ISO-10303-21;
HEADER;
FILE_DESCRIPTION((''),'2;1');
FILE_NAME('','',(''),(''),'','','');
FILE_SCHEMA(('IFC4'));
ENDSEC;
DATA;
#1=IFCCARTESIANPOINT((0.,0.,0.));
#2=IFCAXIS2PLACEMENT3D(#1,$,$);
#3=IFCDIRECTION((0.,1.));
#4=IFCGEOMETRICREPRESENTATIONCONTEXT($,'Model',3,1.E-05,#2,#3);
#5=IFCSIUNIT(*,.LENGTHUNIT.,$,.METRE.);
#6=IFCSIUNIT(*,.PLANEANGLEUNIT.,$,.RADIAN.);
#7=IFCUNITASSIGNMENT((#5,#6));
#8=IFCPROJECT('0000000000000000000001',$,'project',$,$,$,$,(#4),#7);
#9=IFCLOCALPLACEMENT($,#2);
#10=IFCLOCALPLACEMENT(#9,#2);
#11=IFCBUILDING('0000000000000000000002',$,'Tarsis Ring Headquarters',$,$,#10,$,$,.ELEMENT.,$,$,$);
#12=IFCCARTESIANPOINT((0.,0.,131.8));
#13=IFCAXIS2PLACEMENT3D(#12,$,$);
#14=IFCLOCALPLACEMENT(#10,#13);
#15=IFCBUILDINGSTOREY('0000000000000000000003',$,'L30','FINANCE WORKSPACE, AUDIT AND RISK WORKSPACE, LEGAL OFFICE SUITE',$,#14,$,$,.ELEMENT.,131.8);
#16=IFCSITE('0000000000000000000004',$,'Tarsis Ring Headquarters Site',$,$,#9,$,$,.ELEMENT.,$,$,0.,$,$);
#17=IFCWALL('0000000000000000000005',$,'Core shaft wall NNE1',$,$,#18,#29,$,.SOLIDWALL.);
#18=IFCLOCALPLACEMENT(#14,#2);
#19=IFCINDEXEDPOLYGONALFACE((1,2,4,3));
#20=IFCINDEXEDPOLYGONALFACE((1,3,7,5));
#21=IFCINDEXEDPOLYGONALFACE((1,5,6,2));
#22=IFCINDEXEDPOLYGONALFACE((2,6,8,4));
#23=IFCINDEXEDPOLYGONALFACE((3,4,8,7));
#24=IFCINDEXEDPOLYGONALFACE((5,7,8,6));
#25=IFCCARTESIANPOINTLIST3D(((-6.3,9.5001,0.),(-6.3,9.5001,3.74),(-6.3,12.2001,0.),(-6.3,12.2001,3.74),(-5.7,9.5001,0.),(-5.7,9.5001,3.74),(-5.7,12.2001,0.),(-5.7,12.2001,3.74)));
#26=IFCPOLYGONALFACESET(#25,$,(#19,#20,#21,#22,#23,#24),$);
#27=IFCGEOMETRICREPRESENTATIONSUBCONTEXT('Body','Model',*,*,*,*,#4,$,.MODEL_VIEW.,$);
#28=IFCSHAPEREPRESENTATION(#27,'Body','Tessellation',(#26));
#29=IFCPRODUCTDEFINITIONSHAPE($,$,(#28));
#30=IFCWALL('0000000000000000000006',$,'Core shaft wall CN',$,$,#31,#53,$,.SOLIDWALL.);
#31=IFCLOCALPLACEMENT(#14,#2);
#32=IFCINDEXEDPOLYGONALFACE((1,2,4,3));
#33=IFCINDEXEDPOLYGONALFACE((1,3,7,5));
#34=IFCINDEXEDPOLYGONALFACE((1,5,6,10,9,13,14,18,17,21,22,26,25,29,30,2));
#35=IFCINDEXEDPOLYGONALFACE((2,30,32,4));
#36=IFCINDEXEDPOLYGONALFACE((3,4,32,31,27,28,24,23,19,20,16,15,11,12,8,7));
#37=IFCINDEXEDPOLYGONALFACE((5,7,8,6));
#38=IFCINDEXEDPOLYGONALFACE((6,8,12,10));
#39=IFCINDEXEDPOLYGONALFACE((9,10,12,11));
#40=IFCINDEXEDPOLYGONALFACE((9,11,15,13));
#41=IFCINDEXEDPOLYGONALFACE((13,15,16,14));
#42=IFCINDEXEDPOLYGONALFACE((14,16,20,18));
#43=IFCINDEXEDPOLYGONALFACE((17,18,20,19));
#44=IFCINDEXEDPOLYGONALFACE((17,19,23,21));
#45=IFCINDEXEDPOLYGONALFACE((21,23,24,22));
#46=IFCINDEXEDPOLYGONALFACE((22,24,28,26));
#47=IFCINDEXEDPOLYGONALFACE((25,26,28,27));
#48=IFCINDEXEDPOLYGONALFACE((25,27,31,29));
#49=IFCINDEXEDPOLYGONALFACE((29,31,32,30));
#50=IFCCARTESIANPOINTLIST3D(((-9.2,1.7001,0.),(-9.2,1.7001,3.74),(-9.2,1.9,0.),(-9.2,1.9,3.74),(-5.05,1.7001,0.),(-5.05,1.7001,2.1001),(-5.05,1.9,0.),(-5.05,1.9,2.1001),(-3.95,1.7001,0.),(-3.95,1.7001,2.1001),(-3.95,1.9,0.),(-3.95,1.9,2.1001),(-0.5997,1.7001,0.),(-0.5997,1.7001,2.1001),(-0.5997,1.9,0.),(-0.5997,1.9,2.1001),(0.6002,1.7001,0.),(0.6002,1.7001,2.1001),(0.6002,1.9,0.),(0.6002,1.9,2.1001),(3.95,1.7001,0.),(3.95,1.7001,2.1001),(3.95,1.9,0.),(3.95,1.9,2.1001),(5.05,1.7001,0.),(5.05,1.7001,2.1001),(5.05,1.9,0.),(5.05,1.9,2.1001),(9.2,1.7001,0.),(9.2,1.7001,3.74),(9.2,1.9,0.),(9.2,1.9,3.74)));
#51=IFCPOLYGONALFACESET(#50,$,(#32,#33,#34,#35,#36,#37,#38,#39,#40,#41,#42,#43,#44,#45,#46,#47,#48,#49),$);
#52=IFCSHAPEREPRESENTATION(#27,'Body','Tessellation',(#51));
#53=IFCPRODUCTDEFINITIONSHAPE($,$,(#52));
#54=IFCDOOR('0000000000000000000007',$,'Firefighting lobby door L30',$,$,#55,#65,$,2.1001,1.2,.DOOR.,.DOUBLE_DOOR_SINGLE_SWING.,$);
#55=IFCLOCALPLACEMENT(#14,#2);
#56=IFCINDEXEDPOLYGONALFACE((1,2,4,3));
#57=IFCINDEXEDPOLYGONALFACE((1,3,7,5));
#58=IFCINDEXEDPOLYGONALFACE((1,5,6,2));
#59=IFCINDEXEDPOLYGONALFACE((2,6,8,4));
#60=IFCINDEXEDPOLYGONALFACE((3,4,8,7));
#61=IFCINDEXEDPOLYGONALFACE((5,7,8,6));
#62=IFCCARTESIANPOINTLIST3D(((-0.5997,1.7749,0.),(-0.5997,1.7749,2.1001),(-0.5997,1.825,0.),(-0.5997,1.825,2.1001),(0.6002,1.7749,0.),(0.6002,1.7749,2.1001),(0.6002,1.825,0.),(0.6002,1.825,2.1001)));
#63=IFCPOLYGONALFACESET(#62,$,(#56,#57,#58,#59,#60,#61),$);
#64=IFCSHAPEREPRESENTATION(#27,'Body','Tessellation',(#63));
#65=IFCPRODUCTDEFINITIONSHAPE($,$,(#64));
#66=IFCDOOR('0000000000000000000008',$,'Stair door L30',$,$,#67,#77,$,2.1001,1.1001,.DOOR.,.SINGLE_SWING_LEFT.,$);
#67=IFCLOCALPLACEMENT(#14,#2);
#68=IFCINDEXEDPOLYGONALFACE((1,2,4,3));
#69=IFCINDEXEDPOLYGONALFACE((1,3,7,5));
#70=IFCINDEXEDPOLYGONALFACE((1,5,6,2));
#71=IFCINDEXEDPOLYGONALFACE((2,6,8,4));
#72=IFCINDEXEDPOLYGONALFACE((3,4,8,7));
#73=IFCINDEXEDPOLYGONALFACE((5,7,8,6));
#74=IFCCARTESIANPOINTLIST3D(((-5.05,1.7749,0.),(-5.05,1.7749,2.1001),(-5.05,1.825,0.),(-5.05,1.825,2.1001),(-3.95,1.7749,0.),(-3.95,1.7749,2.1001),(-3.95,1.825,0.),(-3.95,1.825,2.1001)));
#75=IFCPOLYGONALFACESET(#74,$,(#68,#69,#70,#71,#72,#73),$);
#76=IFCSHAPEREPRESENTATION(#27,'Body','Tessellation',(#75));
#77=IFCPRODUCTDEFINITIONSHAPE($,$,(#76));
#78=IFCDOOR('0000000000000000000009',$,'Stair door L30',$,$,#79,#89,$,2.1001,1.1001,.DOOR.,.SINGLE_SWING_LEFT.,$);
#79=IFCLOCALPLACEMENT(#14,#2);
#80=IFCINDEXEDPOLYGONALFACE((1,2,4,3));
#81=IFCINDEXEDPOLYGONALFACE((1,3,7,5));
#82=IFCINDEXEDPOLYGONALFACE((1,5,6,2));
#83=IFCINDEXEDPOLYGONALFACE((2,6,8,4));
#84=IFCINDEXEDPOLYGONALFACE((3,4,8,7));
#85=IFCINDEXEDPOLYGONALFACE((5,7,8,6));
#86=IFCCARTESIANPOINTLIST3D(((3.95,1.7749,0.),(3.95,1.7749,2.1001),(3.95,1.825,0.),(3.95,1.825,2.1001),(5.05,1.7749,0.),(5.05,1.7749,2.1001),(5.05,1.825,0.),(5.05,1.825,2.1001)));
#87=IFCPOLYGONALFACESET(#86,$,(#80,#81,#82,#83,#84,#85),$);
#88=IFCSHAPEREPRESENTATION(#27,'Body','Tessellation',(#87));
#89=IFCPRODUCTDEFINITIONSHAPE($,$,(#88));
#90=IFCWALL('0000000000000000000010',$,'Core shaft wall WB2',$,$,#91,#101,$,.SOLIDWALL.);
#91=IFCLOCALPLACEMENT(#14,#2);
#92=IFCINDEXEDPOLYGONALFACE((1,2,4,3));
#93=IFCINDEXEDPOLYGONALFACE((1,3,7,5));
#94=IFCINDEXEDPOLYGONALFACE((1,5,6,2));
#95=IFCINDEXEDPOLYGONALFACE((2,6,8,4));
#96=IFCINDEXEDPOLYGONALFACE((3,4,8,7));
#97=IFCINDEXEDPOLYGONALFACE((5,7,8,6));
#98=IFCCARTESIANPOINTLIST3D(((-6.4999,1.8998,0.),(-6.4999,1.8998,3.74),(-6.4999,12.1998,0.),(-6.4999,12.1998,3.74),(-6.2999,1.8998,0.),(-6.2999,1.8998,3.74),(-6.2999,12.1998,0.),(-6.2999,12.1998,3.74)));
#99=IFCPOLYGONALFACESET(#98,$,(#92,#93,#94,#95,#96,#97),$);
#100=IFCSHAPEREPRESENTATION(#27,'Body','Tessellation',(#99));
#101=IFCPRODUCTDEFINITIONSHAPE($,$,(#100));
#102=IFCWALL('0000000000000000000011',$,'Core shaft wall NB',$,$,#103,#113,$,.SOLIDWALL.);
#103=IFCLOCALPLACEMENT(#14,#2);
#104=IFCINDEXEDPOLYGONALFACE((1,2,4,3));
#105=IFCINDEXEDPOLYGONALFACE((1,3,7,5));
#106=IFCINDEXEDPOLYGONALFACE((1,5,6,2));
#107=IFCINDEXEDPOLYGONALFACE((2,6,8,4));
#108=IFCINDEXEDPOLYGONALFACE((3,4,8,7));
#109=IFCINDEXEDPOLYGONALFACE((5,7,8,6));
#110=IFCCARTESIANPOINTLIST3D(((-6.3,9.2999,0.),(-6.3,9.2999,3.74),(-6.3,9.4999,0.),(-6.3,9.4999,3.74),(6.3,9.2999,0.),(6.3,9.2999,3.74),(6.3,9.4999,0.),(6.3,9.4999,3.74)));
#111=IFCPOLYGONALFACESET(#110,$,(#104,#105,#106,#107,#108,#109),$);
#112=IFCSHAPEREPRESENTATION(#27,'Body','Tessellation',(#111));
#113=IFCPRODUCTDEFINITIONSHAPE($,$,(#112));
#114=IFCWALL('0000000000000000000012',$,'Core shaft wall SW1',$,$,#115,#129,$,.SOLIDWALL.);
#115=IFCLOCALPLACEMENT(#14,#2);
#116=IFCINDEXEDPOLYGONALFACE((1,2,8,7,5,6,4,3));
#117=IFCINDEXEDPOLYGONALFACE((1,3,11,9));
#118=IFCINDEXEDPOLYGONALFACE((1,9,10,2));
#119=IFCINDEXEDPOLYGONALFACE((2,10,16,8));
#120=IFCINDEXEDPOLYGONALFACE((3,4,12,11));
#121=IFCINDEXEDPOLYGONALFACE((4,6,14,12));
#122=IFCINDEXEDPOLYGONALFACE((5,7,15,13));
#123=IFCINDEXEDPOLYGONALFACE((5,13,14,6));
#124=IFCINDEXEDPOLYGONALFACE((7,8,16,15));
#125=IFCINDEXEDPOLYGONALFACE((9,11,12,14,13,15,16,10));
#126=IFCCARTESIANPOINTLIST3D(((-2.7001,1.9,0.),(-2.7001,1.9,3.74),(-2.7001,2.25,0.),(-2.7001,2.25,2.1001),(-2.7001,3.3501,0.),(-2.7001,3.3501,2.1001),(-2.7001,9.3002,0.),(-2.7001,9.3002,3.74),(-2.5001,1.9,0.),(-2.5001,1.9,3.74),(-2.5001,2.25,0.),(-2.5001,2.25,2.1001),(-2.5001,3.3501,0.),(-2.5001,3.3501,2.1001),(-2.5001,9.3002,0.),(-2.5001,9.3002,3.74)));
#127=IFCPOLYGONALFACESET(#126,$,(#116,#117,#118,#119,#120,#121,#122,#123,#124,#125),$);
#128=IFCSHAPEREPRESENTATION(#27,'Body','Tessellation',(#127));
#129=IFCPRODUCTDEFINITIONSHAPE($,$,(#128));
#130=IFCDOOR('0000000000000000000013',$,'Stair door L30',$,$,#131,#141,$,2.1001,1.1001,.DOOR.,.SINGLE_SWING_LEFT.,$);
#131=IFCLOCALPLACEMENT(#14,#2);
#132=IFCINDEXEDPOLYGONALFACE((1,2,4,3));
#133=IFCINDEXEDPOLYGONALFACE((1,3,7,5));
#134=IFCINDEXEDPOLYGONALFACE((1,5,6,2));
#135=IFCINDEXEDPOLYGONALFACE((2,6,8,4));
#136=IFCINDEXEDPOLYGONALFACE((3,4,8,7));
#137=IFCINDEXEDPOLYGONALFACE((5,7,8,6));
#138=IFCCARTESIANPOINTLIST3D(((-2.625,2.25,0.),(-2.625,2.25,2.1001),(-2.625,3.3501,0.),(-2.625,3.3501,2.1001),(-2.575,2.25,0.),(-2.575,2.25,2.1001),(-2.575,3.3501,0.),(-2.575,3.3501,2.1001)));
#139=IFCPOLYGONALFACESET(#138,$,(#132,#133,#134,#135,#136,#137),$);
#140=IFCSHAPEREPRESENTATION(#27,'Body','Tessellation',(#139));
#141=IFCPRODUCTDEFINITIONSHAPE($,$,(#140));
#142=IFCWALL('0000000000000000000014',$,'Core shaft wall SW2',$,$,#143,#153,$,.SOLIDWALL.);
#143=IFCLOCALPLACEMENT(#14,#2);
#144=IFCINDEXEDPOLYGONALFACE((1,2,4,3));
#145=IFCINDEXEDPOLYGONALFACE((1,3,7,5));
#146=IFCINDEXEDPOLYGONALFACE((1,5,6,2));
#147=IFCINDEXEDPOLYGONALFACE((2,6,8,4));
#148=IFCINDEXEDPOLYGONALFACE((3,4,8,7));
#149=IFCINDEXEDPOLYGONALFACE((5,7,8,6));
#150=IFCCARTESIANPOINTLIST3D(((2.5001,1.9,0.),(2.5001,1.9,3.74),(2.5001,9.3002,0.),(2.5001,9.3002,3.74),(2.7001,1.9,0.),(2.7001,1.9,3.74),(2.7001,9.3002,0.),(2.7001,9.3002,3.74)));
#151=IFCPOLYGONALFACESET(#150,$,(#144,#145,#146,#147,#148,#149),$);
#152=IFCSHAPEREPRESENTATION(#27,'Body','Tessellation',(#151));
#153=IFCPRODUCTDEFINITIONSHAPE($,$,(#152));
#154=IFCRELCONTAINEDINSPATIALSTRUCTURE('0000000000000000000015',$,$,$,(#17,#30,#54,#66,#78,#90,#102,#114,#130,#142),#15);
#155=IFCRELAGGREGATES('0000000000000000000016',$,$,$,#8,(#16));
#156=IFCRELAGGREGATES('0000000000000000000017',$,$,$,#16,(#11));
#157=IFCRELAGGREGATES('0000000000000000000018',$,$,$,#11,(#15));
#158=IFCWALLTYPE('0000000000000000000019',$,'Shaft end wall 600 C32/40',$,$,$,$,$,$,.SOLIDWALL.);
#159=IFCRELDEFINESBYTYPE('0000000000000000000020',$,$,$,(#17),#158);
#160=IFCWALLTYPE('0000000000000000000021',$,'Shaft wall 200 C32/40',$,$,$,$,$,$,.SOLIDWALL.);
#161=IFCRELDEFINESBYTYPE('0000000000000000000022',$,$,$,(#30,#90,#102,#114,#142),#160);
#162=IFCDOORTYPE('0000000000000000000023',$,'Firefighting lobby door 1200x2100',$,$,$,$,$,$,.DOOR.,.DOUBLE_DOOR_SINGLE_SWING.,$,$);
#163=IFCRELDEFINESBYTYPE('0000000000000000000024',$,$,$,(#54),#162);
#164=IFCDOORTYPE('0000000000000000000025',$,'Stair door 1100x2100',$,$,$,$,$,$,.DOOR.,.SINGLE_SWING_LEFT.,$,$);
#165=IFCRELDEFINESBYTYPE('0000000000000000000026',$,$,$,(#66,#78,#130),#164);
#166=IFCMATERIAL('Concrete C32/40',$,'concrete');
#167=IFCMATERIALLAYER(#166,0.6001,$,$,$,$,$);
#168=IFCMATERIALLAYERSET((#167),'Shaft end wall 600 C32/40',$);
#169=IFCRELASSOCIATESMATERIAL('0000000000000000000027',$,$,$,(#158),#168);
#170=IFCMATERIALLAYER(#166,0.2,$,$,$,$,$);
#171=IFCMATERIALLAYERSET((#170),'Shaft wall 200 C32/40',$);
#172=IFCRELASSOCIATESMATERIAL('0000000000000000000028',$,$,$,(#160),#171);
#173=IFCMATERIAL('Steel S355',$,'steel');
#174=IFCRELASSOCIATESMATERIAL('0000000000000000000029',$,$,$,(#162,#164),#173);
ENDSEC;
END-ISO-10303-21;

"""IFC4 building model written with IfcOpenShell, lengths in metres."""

from ifc_helpers import new_model, si_unit, direction, frame, frame_2d, origin, place, context, subcontext, project, spatial, rectangle, extrude, material, layer, layer_set, type_object, element, fill, save


model = new_model("IFC4")

# Units and contexts
model_context = context("Model", 3, precision=1e-05, world=origin(), true_north=direction((0.0, 1.0)))
body_context = subcontext(model_context, "Body", "Model", "MODEL_VIEW")
ifc_project = project(units=[si_unit("LENGTHUNIT", "METRE"), si_unit("PLANEANGLEUNIT", "RADIAN")], contexts=[model_context])

# Site, building, storey
site_placement = place(None, origin())
site = spatial("IfcSite", under=ifc_project, at=site_placement, Name="Tarsis Ring Headquarters Site", CompositionType="ELEMENT", RefElevation=0.0)
building_placement = place(site_placement, origin())
building = spatial("IfcBuilding", under=site, at=building_placement, Name="Tarsis Ring Headquarters", CompositionType="ELEMENT")
storey_placement = place(building_placement, frame((0.0, 0.0, 131.8)))
storey = spatial("IfcBuildingStorey", under=building, at=storey_placement, Name="L30", Description="FINANCE WORKSPACE, AUDIT AND RISK WORKSPACE, LEGAL OFFICE SUITE", CompositionType="ELEMENT", Elevation=131.8)

# Wall
ifc_material_1 = material(Name="Concrete C32/40", Category="concrete")
ifc_layer_1 = layer(ifc_material_1, 0.6001)
ifc_layer_set_1 = layer_set([ifc_layer_1], Name="Shaft end wall 600 C32/40")
wall_type_1 = type_object("IfcWallType", Name="Shaft end wall 600 C32/40", PredefinedType="SOLIDWALL", material=ifc_layer_set_1)
wall_1_placement = place(storey_placement, frame((-6.0, 9.5, 0.0), z_axis=(0.0, 0.0, 1.0), x_axis=(0.0, 1.0, 0.0)))
element("IfcWall", 1, at=wall_1_placement, inside=storey, type_object=wall_type_1, Name="Core shaft wall NNE1", PredefinedType="SOLIDWALL", context=body_context, shape_type="SweptSolid", body=[
    extrude(rectangle(XDim=2.7, YDim=0.6001, at=frame_2d((1.3501, 0.0))), origin(), (0.0, 0.0, 1.0), 3.74),
])

# Wall, openings, doors
ifc_layer_2 = layer(ifc_material_1, 0.2)
ifc_layer_set_2 = layer_set([ifc_layer_2], Name="Shaft wall 200 C32/40")
wall_type_2 = type_object("IfcWallType", Name="Shaft wall 200 C32/40", PredefinedType="SOLIDWALL", material=ifc_layer_set_2)
wall_2_placement = place(storey_placement, frame((-9.2, 1.8, 0.0), z_axis=(0.0, 0.0, 1.0), x_axis=(1.0, 0.0, 0.0)))
wall_2 = element("IfcWall", 2, at=wall_2_placement, inside=storey, type_object=wall_type_2, Name="Core shaft wall CN", PredefinedType="SOLIDWALL", context=body_context, shape_type="SweptSolid", body=[
    extrude(rectangle(XDim=18.3999, YDim=0.2, at=frame_2d((9.2, 0.0))), origin(), (0.0, 0.0, 1.0), 3.74),
])
opening_1_placement = place(wall_2_placement, frame((4.1499, 0.0, 0.0)))
opening_1 = element("IfcOpeningElement", 3, at=opening_1_placement, cuts=wall_2, PredefinedType="OPENING", context=body_context, shape_type="SweptSolid", body=[
    extrude(rectangle(XDim=1.1001, YDim=2.1001, at=frame_2d((0.55, 1.05))), frame((0.0, 0.1099, 0.0), z_axis=(0.0, -1.0, 0.0), x_axis=(1.0, 0.0, 0.0)), (0.0, 0.0, 1.0), 0.22),
])
opening_2_placement = place(wall_2_placement, frame((8.6001, 0.0, 0.0)))
opening_2 = element("IfcOpeningElement", 4, at=opening_2_placement, cuts=wall_2, PredefinedType="OPENING", context=body_context, shape_type="SweptSolid", body=[
    extrude(rectangle(XDim=1.2, YDim=2.1001, at=frame_2d((0.6001, 1.05))), frame((0.0, 0.1099, 0.0), z_axis=(0.0, -1.0, 0.0), x_axis=(1.0, 0.0, 0.0)), (0.0, 0.0, 1.0), 0.22),
])
opening_3_placement = place(wall_2_placement, frame((13.1499, 0.0, 0.0)))
opening_3 = element("IfcOpeningElement", 5, at=opening_3_placement, cuts=wall_2, PredefinedType="OPENING", context=body_context, shape_type="SweptSolid", body=[
    extrude(rectangle(XDim=1.1001, YDim=2.1001, at=frame_2d((0.55, 1.05))), frame((0.0, 0.1099, 0.0), z_axis=(0.0, -1.0, 0.0), x_axis=(1.0, 0.0, 0.0)), (0.0, 0.0, 1.0), 0.22),
])
ifc_material_2 = material(Name="Steel S355", Category="steel")
door_type_1 = type_object("IfcDoorType", Name="Firefighting lobby door 1200x2100", OperationType="DOUBLE_DOOR_SINGLE_SWING", PredefinedType="DOOR", material=ifc_material_2)
door_1_placement = place(opening_2_placement, origin())
door_1 = element("IfcDoor", 6, at=door_1_placement, inside=storey, type_object=door_type_1, Name="Firefighting lobby door L30", OperationType="DOUBLE_DOOR_SINGLE_SWING", OverallHeight=2.1001, OverallWidth=1.2, PredefinedType="DOOR", context=body_context, shape_type="SweptSolid", body=[
    extrude(rectangle(XDim=1.2, YDim=2.1001, at=frame_2d((0.6001, 1.05))), frame((0.0, 0.0249, 0.0), z_axis=(0.0, -1.0, 0.0), x_axis=(1.0, 0.0, 0.0)), (0.0, 0.0, 1.0), 0.05),
])
fill(opening_2, door_1)
door_type_2 = type_object("IfcDoorType", Name="Stair door 1100x2100", OperationType="SINGLE_SWING_LEFT", PredefinedType="DOOR", material=ifc_material_2)
door_2_placement = place(opening_1_placement, origin())
door_2 = element("IfcDoor", 7, at=door_2_placement, inside=storey, type_object=door_type_2, Name="Stair door L30", OperationType="SINGLE_SWING_LEFT", OverallHeight=2.1001, OverallWidth=1.1001, PredefinedType="DOOR", context=body_context, shape_type="SweptSolid", body=[
    extrude(rectangle(XDim=1.1001, YDim=2.1001, at=frame_2d((0.55, 1.05))), frame((0.0, 0.0249, 0.0), z_axis=(0.0, -1.0, 0.0), x_axis=(1.0, 0.0, 0.0)), (0.0, 0.0, 1.0), 0.05),
])
fill(opening_1, door_2)
door_3_placement = place(opening_3_placement, origin())
door_3 = element("IfcDoor", 8, at=door_3_placement, inside=storey, type_object=door_type_2, Name="Stair door L30", OperationType="SINGLE_SWING_LEFT", OverallHeight=2.1001, OverallWidth=1.1001, PredefinedType="DOOR", context=body_context, shape_type="SweptSolid", body=[
    extrude(rectangle(XDim=1.1001, YDim=2.1001, at=frame_2d((0.55, 1.05))), frame((0.0, 0.0249, 0.0), z_axis=(0.0, -1.0, 0.0), x_axis=(1.0, 0.0, 0.0)), (0.0, 0.0, 1.0), 0.05),
])
fill(opening_3, door_3)

# Walls
wall_3_placement = place(storey_placement, frame((-6.3999, 1.8999, 0.0), z_axis=(0.0, 0.0, 1.0), x_axis=(0.0, 1.0, 0.0)))
element("IfcWall", 9, at=wall_3_placement, inside=storey, type_object=wall_type_2, Name="Core shaft wall WB2", PredefinedType="SOLIDWALL", context=body_context, shape_type="SweptSolid", body=[
    extrude(rectangle(XDim=10.3, YDim=0.2, at=frame_2d((5.1499, 0.0))), origin(), (0.0, 0.0, 1.0), 3.74),
])
wall_4_placement = place(storey_placement, frame((-6.3, 9.3999, 0.0), z_axis=(0.0, 0.0, 1.0), x_axis=(1.0, 0.0, 0.0)))
element("IfcWall", 10, at=wall_4_placement, inside=storey, type_object=wall_type_2, Name="Core shaft wall NB", PredefinedType="SOLIDWALL", context=body_context, shape_type="SweptSolid", body=[
    extrude(rectangle(XDim=12.6001, YDim=0.2, at=frame_2d((6.3, 0.0))), origin(), (0.0, 0.0, 1.0), 3.74),
])

# Wall, opening, door
wall_5_placement = place(storey_placement, frame((-2.6001, 1.8999, 0.0), z_axis=(0.0, 0.0, 1.0), x_axis=(0.0, 1.0, 0.0)))
wall_5 = element("IfcWall", 11, at=wall_5_placement, inside=storey, type_object=wall_type_2, Name="Core shaft wall SW1", PredefinedType="SOLIDWALL", context=body_context, shape_type="SweptSolid", body=[
    extrude(rectangle(XDim=7.4001, YDim=0.2, at=frame_2d((3.7002, 0.0))), origin(), (0.0, 0.0, 1.0), 3.74),
])
opening_4_placement = place(wall_5_placement, frame((0.3501, 0.0, 0.0)))
opening_4 = element("IfcOpeningElement", 12, at=opening_4_placement, cuts=wall_5, PredefinedType="OPENING", context=body_context, shape_type="SweptSolid", body=[
    extrude(rectangle(XDim=1.1001, YDim=2.1001, at=frame_2d((0.55, 1.05))), frame((0.0, 0.1099, 0.0), z_axis=(0.0, -1.0, 0.0), x_axis=(1.0, 0.0, 0.0)), (0.0, 0.0, 1.0), 0.22),
])
door_4_placement = place(opening_4_placement, origin())
door_4 = element("IfcDoor", 13, at=door_4_placement, inside=storey, type_object=door_type_2, Name="Stair door L30", OperationType="SINGLE_SWING_LEFT", OverallHeight=2.1001, OverallWidth=1.1001, PredefinedType="DOOR", context=body_context, shape_type="SweptSolid", body=[
    extrude(rectangle(XDim=1.1001, YDim=2.1001, at=frame_2d((0.55, 1.05))), frame((0.0, 0.0249, 0.0), z_axis=(0.0, -1.0, 0.0), x_axis=(1.0, 0.0, 0.0)), (0.0, 0.0, 1.0), 0.05),
])
fill(opening_4, door_4)

# Wall
wall_6_placement = place(storey_placement, frame((2.6001, 1.8999, 0.0), z_axis=(0.0, 0.0, 1.0), x_axis=(0.0, 1.0, 0.0)))
element("IfcWall", 14, at=wall_6_placement, inside=storey, type_object=wall_type_2, Name="Core shaft wall SW2", PredefinedType="SOLIDWALL", context=body_context, shape_type="SweptSolid", body=[
    extrude(rectangle(XDim=7.4001, YDim=0.2, at=frame_2d((3.7002, 0.0))), origin(), (0.0, 0.0, 1.0), 3.74),
])

save(model, "model.ifc")
